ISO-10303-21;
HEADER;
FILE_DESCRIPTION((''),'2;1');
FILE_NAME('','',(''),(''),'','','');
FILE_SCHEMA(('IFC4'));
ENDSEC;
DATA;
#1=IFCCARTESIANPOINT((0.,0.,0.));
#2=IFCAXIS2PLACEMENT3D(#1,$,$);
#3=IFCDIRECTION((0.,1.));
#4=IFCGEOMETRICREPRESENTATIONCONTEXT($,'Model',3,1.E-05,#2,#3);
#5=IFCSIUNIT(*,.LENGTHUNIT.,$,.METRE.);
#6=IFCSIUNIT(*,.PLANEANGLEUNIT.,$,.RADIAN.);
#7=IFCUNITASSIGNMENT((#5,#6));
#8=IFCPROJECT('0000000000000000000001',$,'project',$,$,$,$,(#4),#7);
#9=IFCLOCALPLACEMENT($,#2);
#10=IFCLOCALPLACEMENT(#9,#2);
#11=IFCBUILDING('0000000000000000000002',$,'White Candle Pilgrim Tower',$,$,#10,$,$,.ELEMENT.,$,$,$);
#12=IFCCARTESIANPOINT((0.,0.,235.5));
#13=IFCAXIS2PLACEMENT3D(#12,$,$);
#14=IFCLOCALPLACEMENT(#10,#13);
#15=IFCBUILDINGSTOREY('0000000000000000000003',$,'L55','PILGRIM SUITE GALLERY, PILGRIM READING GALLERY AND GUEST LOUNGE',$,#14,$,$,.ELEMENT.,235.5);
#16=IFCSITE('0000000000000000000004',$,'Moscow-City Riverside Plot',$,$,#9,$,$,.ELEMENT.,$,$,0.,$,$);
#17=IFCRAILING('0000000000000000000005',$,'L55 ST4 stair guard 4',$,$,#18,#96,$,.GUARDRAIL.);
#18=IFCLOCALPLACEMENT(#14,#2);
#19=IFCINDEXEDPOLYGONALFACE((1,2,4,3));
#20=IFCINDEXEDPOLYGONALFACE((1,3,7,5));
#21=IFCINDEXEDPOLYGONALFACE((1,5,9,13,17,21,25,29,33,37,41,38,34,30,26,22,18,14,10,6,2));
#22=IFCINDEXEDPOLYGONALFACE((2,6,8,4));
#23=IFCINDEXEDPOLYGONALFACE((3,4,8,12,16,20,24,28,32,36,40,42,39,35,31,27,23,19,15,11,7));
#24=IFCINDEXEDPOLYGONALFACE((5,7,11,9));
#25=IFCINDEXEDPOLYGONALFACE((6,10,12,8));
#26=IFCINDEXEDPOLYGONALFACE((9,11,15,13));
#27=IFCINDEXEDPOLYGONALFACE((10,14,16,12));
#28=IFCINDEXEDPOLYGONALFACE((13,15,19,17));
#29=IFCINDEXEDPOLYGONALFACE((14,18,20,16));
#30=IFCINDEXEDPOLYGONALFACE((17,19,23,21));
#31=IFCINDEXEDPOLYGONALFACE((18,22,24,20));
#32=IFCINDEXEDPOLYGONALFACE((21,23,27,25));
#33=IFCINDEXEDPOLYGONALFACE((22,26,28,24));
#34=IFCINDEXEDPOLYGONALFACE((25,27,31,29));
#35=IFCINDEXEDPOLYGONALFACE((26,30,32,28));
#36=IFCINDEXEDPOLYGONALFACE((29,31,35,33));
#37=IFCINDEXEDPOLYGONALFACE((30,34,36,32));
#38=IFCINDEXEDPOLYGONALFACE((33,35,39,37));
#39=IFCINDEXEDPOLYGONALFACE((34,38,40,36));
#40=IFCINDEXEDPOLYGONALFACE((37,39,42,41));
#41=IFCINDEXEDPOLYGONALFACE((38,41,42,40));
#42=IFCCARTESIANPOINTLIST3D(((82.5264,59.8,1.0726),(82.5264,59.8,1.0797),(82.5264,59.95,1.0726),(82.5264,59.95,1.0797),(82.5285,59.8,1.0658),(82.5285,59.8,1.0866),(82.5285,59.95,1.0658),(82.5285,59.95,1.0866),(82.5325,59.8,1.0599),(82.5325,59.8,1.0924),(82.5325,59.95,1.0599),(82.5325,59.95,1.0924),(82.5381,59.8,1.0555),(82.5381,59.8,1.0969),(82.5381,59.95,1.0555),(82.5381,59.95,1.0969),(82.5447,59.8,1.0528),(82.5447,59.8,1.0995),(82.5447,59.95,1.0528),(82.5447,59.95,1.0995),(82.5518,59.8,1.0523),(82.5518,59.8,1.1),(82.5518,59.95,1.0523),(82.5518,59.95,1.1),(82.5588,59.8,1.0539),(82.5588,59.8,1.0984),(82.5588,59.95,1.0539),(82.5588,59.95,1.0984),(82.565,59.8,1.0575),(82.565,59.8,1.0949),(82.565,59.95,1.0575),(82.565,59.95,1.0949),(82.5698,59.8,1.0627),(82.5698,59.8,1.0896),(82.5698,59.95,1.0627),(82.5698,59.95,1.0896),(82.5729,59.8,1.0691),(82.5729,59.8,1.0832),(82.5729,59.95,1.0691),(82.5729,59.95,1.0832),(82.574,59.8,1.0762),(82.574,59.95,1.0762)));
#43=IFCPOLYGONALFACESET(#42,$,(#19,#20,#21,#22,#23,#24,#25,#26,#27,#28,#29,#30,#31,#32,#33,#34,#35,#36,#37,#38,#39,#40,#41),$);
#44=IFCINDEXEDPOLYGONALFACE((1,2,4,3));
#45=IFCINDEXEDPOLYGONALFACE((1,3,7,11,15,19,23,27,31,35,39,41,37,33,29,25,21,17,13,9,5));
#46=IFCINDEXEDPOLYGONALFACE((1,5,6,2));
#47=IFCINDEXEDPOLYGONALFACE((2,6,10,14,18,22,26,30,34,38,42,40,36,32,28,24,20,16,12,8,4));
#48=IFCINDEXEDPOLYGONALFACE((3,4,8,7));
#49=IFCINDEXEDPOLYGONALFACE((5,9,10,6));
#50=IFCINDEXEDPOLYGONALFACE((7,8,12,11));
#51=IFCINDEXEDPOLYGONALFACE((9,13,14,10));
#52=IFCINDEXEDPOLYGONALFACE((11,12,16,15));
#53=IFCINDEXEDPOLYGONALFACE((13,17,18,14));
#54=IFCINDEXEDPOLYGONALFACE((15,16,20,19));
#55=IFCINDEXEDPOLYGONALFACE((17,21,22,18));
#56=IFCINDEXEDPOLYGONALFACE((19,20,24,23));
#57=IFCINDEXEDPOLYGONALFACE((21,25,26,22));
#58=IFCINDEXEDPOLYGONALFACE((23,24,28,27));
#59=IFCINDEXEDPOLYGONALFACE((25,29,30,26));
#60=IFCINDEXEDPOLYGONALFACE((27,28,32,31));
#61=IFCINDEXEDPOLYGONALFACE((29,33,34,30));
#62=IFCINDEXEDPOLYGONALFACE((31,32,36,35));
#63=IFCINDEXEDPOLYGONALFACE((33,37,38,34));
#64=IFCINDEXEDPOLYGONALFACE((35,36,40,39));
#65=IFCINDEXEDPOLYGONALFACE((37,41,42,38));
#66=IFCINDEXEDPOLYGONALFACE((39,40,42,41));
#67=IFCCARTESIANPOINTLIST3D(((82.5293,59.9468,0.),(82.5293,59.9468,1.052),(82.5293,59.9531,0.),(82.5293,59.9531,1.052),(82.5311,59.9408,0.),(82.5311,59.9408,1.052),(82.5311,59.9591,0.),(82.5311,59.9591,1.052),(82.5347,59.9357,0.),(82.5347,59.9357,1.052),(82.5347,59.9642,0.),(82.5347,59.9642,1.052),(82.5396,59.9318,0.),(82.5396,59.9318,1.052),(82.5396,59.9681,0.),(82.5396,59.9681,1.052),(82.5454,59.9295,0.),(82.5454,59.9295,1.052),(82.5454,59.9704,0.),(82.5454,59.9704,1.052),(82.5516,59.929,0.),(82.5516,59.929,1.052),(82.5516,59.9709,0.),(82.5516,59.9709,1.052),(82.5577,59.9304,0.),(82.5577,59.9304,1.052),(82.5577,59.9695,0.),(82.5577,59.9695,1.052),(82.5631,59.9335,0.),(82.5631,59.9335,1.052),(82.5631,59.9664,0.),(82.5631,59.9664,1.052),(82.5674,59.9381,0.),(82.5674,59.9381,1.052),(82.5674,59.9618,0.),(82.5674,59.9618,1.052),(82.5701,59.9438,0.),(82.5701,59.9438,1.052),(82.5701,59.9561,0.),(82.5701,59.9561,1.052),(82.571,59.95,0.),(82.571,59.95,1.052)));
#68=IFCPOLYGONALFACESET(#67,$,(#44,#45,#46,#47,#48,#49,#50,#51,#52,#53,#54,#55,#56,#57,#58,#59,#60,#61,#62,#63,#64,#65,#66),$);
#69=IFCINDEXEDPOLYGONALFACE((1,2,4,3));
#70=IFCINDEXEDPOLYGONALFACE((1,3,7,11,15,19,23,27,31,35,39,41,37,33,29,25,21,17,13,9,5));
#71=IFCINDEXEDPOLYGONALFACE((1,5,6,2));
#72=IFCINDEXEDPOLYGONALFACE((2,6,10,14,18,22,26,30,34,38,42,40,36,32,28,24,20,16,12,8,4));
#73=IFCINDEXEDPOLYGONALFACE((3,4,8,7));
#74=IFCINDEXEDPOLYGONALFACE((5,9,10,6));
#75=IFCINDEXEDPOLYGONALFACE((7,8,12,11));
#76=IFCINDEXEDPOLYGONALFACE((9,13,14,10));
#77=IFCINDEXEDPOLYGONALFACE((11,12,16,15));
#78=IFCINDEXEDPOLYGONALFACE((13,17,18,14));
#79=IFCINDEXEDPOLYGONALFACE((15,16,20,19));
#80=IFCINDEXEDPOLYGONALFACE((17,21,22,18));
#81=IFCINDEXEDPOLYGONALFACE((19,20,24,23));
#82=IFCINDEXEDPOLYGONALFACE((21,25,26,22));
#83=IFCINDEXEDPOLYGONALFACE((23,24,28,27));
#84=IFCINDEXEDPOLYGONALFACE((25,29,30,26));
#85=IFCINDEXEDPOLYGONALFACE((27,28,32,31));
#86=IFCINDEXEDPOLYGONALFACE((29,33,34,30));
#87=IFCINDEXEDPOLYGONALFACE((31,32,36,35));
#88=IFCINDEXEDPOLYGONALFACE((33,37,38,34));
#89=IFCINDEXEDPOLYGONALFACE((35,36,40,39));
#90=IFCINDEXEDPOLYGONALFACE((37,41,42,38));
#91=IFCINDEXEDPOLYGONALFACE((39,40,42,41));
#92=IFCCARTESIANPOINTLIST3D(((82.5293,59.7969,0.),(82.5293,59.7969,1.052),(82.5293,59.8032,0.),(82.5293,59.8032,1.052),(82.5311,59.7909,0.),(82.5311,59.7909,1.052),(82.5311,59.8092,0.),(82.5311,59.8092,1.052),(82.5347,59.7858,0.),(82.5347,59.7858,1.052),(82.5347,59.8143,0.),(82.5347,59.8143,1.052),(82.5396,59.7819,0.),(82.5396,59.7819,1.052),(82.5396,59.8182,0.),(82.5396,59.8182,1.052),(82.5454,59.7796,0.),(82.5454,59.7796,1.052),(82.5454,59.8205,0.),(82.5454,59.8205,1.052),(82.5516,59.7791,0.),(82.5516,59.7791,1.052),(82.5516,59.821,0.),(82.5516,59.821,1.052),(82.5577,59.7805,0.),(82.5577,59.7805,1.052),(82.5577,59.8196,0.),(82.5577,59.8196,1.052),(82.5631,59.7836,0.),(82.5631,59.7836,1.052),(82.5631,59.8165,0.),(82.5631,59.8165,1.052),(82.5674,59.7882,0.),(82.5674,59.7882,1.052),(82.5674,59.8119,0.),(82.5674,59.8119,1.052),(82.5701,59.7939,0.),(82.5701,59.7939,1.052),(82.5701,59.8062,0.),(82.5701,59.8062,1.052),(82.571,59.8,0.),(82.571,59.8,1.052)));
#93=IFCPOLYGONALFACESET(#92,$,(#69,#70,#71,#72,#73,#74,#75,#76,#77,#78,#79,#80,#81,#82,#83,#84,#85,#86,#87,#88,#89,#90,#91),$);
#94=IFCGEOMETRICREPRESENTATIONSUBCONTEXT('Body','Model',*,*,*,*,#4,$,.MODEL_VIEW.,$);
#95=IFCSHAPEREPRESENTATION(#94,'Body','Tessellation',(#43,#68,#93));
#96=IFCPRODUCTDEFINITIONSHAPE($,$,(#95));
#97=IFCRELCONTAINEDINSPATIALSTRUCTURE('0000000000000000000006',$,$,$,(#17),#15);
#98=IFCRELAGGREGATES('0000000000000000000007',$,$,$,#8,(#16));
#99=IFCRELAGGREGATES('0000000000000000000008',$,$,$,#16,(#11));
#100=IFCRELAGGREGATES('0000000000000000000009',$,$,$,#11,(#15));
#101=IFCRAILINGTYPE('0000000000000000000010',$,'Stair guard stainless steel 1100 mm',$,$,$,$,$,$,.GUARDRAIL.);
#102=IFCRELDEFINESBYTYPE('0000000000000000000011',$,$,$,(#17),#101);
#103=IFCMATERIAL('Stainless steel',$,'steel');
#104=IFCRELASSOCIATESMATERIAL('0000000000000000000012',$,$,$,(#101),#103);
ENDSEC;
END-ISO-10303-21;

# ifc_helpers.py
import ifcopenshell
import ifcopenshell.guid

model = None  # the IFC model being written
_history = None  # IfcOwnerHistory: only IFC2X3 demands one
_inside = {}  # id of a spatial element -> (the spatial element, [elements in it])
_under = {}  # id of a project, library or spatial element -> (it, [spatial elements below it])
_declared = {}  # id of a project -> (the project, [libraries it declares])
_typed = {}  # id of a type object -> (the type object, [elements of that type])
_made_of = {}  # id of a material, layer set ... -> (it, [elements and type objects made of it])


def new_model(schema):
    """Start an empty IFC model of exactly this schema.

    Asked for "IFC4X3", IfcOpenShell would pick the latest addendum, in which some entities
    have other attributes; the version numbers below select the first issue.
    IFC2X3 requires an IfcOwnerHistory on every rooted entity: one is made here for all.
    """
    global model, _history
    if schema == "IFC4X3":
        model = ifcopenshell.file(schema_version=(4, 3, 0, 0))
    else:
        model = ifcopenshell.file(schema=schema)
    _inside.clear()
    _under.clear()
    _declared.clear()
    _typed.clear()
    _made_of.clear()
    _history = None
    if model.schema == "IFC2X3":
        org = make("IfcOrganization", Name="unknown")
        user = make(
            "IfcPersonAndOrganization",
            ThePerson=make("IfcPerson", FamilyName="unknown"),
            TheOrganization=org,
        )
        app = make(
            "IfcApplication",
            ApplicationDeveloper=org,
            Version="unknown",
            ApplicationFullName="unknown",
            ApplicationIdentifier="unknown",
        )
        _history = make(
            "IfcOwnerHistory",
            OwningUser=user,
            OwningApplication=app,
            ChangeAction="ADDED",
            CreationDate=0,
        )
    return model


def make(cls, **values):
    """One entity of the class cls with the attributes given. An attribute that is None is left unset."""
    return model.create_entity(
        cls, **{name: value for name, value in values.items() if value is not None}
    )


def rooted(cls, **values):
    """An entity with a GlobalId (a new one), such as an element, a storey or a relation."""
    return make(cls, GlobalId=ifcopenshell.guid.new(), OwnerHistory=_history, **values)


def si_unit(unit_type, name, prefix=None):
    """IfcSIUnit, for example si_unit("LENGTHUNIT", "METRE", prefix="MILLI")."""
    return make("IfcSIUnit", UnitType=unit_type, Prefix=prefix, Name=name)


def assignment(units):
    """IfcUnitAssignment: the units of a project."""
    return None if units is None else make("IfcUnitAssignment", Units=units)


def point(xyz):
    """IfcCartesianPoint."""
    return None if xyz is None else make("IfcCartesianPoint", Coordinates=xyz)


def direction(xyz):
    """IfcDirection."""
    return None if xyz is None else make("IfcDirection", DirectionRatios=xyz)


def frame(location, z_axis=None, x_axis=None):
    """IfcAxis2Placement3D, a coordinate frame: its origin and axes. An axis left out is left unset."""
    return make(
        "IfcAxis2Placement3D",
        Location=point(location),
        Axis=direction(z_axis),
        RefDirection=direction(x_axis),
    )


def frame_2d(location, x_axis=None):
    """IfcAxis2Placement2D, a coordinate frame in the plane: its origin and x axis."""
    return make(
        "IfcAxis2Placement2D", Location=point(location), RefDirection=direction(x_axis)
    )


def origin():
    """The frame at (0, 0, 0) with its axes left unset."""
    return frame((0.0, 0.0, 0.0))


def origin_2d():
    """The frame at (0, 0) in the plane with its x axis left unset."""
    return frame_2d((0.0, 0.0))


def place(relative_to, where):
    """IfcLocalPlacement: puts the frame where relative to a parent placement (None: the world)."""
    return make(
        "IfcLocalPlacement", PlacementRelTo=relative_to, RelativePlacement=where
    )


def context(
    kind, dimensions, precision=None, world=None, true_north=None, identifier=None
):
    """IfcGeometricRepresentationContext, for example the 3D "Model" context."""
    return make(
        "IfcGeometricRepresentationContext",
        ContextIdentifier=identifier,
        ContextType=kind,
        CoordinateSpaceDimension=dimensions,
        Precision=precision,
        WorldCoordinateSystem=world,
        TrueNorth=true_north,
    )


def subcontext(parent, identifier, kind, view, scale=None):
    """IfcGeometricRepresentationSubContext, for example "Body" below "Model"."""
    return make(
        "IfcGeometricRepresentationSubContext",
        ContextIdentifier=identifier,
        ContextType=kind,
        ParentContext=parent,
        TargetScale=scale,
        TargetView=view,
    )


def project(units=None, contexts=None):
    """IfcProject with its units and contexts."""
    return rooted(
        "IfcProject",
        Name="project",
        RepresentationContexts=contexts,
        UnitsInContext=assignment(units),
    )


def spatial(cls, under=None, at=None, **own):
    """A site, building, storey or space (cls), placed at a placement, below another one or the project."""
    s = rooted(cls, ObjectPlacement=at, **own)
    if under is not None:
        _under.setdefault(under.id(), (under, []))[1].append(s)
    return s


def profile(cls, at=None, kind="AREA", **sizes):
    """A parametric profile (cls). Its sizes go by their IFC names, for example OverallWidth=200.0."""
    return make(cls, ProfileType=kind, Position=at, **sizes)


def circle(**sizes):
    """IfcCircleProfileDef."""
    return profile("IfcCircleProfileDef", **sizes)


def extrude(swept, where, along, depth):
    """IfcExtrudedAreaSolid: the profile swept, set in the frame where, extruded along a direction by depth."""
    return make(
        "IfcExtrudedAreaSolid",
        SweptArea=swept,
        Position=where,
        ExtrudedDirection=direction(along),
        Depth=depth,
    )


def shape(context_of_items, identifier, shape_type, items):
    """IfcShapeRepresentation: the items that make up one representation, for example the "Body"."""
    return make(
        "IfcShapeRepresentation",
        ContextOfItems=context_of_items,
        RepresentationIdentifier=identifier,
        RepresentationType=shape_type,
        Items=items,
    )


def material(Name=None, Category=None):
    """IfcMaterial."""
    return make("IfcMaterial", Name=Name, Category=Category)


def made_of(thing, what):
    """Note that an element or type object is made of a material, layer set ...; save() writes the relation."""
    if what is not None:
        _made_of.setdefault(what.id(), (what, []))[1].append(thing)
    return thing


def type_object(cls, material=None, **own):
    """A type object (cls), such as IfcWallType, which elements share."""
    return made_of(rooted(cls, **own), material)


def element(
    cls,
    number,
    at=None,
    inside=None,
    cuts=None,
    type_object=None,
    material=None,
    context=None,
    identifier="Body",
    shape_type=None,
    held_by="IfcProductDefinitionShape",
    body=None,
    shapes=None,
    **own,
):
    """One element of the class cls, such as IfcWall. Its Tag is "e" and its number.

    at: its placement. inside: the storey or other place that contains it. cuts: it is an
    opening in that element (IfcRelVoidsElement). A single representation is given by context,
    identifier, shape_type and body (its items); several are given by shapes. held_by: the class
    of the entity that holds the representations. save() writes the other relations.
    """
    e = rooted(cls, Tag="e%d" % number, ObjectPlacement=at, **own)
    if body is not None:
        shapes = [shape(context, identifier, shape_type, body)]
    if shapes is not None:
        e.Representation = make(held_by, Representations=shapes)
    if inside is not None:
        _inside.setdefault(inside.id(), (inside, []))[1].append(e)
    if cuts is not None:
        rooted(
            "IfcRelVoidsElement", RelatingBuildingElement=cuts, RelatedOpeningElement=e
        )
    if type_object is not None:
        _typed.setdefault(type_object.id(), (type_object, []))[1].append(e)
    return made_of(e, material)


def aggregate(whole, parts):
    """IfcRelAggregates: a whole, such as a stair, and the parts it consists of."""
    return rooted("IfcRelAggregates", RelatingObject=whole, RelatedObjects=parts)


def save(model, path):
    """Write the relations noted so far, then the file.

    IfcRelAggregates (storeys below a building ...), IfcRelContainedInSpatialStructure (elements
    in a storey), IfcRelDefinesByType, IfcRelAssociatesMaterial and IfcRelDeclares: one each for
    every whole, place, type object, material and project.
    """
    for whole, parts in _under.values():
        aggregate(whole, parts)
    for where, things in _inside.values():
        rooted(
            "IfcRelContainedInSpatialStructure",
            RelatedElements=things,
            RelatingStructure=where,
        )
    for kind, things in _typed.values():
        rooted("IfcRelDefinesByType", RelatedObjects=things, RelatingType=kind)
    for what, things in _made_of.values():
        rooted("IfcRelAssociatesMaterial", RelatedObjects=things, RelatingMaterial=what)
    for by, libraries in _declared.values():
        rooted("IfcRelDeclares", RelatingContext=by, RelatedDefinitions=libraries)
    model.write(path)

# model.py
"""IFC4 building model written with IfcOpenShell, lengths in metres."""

from ifc_helpers import new_model, si_unit, direction, frame, origin, origin_2d, place, context, subcontext, project, spatial, circle, extrude, material, type_object, element, save


model = new_model("IFC4")

# Units and contexts
model_context = context("Model", 3, precision=1e-05, world=origin(), true_north=direction((0.0, 1.0)))
body_context = subcontext(model_context, "Body", "Model", "MODEL_VIEW")
ifc_project = project(units=[si_unit("LENGTHUNIT", "METRE"), si_unit("PLANEANGLEUNIT", "RADIAN")], contexts=[model_context])

# Site, building, storey
site_placement = place(None, origin())
site = spatial("IfcSite", under=ifc_project, at=site_placement, Name="Moscow-City Riverside Plot", CompositionType="ELEMENT", RefElevation=0.0)
building_placement = place(site_placement, origin())
building = spatial("IfcBuilding", under=site, at=building_placement, Name="White Candle Pilgrim Tower", CompositionType="ELEMENT")
storey_placement = place(building_placement, frame((0.0, 0.0, 235.5)))
storey = spatial("IfcBuildingStorey", under=building, at=storey_placement, Name="L55", Description="PILGRIM SUITE GALLERY, PILGRIM READING GALLERY AND GUEST LOUNGE", CompositionType="ELEMENT", Elevation=235.5)

# Railing
ifc_material_1 = material(Name="Stainless steel", Category="steel")
railing_type_1 = type_object("IfcRailingType", Name="Stair guard stainless steel 1100 mm", PredefinedType="GUARDRAIL", material=ifc_material_1)
railing_1_placement = place(storey_placement, frame((82.55, 59.95, 0.0)))
element("IfcRailing", 1, at=railing_1_placement, inside=storey, type_object=railing_type_1, Name="L55 ST4 stair guard 4", PredefinedType="GUARDRAIL", context=body_context, shape_type="SweptSolid", body=[
    extrude(circle(Radius=0.0239, at=origin_2d()), frame((0.0, 0.0, 1.0762), z_axis=(0.0, -1.0, 0.0), x_axis=(1.0, 0.0, 0.0)), (0.0, 0.0, 1.0), 0.1499),
    extrude(circle(Radius=0.021, at=origin_2d()), origin(), (0.0, 0.0, 1.0), 1.052),
    extrude(circle(Radius=0.021, at=origin_2d()), frame((0.0, -0.1499, 0.0)), (0.0, 0.0, 1.0), 1.052),
])

save(model, "model.ifc")
